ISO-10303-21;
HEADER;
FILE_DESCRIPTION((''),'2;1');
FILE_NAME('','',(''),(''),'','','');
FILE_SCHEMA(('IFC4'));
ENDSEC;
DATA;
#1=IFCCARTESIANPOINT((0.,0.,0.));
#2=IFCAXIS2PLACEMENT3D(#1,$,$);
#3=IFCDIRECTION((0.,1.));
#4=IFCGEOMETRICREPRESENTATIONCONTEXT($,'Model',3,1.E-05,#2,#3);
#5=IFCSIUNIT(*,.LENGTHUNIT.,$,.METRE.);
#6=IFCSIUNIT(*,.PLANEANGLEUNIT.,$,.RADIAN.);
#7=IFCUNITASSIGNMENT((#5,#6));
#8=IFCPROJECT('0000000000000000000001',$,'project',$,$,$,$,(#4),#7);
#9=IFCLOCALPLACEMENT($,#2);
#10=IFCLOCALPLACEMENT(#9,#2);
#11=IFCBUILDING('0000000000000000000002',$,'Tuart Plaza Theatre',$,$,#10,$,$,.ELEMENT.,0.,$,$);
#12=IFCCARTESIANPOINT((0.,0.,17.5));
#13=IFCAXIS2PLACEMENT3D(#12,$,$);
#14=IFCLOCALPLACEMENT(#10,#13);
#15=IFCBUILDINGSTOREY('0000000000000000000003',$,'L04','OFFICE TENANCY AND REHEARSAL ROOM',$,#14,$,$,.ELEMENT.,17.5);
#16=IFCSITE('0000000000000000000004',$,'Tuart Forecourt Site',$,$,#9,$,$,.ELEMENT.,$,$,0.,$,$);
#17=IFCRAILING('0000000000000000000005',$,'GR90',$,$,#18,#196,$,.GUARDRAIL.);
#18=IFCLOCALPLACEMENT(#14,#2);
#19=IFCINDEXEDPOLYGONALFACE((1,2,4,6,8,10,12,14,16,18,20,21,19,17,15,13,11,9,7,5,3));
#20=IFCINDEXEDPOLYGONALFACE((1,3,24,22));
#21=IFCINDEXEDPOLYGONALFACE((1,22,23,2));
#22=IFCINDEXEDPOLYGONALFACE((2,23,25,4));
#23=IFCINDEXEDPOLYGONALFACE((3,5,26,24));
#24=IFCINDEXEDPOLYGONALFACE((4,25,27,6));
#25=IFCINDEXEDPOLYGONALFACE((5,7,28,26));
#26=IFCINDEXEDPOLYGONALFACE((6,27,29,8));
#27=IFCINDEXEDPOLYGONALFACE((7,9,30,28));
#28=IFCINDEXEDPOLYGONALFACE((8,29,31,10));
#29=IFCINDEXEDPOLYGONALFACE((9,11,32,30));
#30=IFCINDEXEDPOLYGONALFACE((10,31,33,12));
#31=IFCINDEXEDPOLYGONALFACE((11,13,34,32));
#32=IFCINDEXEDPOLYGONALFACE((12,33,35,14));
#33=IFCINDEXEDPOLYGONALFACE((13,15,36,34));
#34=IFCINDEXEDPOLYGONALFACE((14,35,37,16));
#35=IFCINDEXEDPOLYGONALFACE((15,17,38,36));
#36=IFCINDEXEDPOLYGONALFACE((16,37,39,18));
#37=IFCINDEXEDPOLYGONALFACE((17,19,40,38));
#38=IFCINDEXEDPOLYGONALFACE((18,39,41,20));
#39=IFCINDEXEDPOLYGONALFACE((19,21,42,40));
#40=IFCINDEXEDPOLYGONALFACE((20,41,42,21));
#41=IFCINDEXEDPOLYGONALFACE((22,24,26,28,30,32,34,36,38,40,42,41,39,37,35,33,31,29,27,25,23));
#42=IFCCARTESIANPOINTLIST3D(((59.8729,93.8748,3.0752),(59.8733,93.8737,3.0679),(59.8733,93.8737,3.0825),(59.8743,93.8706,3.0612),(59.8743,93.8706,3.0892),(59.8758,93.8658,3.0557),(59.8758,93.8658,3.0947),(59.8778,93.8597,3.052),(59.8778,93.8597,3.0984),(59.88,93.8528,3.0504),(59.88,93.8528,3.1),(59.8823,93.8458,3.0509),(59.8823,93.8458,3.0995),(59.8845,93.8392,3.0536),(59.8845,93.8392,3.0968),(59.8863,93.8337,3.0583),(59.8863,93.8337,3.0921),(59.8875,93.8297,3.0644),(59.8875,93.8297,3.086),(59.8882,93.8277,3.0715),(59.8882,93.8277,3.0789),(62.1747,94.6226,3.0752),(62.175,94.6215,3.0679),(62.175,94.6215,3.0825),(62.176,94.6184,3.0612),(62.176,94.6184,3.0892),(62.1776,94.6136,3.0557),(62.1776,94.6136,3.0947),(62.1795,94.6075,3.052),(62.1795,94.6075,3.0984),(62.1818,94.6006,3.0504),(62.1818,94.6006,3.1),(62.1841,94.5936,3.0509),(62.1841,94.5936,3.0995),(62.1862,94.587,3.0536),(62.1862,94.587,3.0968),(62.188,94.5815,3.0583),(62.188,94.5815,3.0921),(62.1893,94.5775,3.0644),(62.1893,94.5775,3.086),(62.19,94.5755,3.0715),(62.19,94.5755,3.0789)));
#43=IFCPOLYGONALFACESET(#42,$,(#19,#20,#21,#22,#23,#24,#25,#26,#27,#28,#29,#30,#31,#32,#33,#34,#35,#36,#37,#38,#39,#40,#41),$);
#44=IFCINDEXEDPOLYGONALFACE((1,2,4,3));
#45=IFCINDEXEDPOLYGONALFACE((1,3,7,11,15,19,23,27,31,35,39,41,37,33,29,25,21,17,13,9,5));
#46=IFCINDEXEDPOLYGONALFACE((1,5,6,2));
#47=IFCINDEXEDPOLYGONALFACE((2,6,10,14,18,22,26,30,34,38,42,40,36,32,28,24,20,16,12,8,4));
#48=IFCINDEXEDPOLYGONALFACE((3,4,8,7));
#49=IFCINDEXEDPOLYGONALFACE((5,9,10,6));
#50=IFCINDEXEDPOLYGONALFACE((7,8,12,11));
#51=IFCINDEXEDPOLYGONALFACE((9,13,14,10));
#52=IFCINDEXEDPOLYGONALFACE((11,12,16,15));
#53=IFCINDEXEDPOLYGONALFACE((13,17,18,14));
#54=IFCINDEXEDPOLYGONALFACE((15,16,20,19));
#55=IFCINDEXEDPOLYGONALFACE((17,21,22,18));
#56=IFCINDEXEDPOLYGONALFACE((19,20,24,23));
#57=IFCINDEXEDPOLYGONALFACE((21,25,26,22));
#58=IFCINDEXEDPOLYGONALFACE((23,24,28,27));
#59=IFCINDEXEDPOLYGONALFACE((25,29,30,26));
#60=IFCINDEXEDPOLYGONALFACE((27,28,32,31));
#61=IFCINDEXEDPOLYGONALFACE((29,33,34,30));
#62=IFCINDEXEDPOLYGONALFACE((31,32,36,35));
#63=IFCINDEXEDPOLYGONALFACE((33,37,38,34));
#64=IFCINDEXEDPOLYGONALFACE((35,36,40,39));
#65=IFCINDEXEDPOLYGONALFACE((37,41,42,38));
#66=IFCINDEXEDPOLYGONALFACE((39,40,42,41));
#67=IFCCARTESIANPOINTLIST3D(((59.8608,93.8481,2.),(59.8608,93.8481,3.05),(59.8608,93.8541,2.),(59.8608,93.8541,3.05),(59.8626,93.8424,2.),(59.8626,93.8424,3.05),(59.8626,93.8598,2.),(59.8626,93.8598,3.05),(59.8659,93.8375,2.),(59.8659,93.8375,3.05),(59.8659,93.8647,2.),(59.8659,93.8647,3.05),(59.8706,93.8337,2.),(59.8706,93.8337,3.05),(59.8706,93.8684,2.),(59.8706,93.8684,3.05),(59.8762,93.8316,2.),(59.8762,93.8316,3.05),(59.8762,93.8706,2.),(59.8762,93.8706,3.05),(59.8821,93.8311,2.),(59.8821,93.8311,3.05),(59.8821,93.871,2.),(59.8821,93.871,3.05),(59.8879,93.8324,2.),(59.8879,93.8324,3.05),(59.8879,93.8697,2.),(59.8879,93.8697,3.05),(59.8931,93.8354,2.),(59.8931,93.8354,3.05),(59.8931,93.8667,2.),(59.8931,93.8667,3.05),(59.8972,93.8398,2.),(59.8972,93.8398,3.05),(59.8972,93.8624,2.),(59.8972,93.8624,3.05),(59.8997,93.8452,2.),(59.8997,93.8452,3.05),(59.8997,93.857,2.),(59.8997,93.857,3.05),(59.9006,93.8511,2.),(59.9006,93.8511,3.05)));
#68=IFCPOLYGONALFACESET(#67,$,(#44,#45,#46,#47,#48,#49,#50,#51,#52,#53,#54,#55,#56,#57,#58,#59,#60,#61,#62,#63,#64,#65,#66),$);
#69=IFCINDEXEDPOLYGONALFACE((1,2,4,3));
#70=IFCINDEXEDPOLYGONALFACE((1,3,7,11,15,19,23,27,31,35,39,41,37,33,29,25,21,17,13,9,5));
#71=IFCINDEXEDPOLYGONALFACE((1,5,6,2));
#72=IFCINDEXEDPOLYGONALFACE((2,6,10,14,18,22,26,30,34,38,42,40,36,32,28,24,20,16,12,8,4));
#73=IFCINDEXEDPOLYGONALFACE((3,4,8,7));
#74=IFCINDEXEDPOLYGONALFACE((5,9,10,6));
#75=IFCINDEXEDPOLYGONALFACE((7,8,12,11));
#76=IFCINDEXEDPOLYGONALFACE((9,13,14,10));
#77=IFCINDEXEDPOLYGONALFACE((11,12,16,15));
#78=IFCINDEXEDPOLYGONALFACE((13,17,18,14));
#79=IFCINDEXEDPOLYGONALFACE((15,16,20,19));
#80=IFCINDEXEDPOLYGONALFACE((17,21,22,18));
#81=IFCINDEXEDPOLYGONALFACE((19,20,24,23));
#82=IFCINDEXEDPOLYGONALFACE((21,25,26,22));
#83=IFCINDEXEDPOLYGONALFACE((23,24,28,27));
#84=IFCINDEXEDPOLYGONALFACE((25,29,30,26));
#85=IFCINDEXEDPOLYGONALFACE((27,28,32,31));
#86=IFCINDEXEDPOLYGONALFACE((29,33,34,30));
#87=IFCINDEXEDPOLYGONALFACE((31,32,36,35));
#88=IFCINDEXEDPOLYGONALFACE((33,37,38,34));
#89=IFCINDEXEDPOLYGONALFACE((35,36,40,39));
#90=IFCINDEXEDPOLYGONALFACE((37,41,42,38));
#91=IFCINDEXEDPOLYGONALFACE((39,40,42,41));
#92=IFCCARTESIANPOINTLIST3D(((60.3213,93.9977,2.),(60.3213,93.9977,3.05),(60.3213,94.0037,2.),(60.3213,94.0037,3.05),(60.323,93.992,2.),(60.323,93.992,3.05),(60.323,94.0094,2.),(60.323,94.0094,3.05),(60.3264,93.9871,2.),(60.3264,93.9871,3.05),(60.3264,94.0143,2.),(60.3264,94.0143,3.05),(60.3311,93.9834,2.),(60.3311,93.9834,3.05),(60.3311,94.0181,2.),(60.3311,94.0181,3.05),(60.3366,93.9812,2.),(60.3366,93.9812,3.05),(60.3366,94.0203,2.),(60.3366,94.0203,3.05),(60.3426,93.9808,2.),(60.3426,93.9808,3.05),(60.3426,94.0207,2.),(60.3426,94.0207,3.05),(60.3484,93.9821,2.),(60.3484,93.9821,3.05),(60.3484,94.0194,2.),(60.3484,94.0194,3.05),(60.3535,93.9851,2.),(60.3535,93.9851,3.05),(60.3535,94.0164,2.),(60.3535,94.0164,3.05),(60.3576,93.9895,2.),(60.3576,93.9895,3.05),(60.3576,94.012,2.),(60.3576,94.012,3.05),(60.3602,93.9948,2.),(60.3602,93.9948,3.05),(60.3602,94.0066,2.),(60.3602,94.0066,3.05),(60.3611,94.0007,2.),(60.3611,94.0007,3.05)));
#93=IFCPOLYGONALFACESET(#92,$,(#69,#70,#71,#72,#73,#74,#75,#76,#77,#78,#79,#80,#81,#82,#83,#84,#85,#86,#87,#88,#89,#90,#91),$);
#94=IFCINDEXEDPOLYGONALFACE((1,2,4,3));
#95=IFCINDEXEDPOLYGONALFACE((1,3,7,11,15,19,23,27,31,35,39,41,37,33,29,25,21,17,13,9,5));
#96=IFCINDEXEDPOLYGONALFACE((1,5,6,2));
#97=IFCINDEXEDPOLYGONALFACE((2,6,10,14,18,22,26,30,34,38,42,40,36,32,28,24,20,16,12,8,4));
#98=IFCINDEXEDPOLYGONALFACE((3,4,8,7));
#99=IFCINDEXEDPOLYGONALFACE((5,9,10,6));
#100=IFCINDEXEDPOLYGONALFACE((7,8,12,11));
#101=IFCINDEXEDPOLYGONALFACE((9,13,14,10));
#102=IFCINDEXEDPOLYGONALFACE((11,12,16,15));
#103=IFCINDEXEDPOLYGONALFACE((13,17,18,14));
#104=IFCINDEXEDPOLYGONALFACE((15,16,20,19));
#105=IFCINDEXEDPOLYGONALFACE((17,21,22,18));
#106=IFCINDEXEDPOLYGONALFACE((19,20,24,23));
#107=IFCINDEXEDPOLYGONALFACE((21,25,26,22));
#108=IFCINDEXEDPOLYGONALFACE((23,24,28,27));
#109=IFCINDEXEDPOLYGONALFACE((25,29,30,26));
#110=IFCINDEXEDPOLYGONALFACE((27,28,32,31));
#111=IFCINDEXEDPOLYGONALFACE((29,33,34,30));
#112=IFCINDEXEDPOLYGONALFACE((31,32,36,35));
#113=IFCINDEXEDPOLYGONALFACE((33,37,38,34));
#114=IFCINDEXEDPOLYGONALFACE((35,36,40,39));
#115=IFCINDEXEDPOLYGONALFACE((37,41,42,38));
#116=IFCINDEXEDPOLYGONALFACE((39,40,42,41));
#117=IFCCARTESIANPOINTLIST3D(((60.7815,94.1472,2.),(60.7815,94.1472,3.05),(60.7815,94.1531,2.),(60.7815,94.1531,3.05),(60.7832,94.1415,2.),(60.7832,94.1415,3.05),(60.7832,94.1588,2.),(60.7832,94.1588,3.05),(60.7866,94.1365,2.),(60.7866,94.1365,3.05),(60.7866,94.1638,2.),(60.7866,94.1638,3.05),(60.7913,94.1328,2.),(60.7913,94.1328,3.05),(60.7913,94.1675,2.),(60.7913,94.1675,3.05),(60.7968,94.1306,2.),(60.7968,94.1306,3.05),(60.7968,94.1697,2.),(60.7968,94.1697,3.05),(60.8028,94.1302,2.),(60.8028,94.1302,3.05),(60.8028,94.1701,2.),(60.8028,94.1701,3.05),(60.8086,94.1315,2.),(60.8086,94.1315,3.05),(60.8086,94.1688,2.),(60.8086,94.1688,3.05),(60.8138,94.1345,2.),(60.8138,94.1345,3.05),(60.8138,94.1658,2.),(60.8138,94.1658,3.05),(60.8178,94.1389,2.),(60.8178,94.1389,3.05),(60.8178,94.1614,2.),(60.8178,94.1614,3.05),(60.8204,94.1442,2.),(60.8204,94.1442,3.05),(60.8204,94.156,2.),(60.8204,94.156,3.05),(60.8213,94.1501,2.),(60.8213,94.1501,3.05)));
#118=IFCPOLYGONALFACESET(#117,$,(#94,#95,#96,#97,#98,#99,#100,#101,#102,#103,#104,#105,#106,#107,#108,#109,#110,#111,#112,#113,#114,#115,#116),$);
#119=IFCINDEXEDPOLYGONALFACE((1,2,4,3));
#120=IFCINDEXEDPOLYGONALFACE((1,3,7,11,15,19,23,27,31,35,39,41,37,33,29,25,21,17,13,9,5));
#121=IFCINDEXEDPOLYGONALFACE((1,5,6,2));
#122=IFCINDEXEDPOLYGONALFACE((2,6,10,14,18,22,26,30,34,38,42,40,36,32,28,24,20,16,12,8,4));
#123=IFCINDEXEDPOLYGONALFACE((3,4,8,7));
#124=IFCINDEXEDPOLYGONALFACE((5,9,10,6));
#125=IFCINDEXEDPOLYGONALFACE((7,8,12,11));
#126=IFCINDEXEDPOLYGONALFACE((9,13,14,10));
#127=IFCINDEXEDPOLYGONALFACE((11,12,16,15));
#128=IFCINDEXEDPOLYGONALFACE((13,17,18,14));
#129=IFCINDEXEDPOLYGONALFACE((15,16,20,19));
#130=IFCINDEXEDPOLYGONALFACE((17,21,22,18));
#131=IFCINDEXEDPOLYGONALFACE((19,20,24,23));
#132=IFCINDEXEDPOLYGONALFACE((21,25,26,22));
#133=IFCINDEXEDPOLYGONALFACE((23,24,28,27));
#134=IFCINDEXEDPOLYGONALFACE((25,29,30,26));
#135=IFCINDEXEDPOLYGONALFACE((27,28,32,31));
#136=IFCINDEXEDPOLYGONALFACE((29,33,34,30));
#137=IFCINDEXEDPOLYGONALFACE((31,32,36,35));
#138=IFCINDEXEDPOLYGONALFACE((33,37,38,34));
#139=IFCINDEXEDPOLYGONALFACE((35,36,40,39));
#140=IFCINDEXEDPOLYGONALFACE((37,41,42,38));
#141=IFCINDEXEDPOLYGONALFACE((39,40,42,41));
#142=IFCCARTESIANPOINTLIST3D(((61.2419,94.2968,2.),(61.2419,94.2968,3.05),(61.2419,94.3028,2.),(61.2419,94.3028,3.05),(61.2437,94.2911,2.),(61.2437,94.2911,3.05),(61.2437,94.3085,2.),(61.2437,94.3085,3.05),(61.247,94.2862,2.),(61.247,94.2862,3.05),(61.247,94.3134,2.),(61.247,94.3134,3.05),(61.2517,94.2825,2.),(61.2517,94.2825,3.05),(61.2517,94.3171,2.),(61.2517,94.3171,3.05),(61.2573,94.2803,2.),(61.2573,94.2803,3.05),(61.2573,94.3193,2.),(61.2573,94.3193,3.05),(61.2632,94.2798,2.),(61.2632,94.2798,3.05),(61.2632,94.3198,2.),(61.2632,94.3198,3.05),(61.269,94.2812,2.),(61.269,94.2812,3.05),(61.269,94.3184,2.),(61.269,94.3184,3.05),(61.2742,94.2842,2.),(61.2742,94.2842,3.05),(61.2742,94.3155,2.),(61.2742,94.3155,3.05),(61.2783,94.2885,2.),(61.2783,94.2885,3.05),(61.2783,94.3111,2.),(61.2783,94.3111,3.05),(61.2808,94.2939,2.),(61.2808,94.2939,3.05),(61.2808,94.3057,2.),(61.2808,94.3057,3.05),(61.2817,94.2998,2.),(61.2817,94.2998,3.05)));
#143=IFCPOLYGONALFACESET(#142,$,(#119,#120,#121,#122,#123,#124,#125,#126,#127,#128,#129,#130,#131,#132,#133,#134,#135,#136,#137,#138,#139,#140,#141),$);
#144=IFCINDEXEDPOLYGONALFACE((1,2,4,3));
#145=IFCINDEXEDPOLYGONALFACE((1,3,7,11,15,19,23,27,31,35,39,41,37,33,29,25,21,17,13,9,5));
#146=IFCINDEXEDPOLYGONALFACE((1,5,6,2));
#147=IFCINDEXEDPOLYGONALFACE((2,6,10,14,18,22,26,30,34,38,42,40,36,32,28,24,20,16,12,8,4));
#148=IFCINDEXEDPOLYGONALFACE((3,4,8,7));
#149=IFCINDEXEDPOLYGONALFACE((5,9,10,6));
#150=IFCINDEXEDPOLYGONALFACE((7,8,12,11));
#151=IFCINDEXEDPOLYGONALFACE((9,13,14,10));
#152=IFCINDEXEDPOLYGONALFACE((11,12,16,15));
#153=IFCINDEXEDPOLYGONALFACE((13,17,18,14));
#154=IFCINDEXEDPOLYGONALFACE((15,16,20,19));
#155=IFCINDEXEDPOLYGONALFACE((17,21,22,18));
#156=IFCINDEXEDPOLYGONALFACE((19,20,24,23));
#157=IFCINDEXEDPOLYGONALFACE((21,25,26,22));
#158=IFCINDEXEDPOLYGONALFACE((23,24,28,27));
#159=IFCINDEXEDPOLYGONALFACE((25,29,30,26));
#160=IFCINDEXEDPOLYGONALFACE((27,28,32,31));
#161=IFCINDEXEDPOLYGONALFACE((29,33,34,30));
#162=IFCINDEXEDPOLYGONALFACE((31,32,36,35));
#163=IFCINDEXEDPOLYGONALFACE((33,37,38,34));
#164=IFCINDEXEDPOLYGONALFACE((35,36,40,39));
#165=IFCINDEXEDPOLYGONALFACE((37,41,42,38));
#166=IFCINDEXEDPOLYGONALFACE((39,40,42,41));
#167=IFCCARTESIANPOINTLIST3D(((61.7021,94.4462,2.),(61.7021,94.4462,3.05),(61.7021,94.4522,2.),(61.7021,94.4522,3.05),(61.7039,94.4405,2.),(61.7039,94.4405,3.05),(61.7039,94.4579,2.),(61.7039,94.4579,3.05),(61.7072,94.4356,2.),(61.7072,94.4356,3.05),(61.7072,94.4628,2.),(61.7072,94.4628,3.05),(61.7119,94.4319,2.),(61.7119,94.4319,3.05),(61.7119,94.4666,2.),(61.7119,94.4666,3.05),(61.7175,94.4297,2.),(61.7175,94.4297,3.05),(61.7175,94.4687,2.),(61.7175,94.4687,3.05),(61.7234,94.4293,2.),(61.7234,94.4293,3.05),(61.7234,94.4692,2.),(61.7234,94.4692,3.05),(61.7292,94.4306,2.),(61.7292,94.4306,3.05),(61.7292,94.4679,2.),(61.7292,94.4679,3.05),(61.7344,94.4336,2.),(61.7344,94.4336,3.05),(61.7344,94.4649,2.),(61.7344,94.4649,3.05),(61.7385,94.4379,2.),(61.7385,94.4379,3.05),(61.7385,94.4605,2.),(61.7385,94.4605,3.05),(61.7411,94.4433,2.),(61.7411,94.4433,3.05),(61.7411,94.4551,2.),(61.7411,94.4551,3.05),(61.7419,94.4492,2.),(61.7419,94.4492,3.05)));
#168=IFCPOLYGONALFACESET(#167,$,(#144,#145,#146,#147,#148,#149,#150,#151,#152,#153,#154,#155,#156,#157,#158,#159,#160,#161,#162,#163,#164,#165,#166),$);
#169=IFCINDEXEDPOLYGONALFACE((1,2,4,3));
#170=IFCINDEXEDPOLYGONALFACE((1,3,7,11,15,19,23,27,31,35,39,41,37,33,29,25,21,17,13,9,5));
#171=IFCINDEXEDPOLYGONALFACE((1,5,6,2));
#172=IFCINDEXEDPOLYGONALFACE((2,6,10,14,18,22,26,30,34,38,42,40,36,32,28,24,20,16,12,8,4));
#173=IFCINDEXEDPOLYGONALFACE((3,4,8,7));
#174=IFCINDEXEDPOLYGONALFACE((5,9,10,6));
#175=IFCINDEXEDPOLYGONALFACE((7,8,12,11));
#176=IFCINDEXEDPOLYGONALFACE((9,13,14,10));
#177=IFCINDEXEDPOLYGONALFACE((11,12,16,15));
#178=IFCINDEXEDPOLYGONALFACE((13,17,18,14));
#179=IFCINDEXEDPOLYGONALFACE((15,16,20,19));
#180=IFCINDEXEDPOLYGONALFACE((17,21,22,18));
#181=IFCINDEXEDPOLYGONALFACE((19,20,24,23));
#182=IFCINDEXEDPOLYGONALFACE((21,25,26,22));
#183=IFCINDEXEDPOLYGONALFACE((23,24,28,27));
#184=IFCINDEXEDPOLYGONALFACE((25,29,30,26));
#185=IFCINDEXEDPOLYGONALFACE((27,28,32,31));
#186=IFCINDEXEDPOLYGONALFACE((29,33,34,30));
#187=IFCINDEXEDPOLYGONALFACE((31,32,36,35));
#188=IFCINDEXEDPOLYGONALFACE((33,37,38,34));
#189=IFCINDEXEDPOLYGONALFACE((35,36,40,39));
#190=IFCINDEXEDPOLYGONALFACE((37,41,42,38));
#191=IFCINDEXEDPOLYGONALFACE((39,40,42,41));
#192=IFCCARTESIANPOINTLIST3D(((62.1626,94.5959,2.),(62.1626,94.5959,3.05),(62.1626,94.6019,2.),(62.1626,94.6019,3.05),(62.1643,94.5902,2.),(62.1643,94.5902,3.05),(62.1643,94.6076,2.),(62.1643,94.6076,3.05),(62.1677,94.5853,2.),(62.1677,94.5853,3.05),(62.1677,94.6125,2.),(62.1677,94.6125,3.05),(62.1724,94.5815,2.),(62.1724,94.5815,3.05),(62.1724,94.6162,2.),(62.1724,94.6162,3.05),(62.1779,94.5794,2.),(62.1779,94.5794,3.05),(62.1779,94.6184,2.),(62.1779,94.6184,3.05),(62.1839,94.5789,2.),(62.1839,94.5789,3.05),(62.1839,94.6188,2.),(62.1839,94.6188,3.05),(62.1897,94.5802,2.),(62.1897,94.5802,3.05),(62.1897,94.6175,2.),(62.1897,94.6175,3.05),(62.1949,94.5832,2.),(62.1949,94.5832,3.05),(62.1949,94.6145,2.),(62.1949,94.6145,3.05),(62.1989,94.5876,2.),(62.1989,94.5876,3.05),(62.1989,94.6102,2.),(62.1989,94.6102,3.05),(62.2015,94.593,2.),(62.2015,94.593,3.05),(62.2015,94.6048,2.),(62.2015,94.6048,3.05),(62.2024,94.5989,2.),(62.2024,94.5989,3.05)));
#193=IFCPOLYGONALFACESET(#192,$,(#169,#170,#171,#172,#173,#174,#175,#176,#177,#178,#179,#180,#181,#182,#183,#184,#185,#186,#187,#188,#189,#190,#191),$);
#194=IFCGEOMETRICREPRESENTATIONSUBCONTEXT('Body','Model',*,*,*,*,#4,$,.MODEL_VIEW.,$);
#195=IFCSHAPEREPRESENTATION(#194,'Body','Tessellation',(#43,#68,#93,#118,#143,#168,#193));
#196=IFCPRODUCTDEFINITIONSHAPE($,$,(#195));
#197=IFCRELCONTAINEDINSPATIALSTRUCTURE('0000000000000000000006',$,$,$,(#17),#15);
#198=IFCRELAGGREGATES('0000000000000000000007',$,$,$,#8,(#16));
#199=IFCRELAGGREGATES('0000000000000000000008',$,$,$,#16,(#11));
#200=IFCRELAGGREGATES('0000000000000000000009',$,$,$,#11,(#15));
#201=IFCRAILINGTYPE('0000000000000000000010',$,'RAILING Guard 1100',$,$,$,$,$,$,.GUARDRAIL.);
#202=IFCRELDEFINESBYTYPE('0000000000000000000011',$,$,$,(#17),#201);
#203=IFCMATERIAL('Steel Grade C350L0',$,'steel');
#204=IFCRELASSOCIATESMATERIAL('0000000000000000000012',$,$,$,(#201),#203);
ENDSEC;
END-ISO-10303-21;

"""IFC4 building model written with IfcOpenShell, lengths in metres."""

from ifc_helpers import new_model, si_unit, direction, frame, origin, origin_2d, place, context, subcontext, project, spatial, circle, extrude, material, type_object, element, save


model = new_model("IFC4")

# Units and contexts
model_context = context("Model", 3, precision=1e-05, world=origin(), true_north=direction((0.0, 1.0)))
body_context = subcontext(model_context, "Body", "Model", "MODEL_VIEW")
ifc_project = project(units=[si_unit("LENGTHUNIT", "METRE"), si_unit("PLANEANGLEUNIT", "RADIAN")], contexts=[model_context])

# Site, building, storey
site_placement = place(None, origin())
site = spatial("IfcSite", under=ifc_project, at=site_placement, Name="Tuart Forecourt Site", CompositionType="ELEMENT", RefElevation=0.0)
building_placement = place(site_placement, origin())
building = spatial("IfcBuilding", under=site, at=building_placement, Name="Tuart Plaza Theatre", CompositionType="ELEMENT", ElevationOfRefHeight=0.0)
storey_placement = place(building_placement, frame((0.0, 0.0, 17.5)))
storey = spatial("IfcBuildingStorey", under=building, at=storey_placement, Name="L04", Description="OFFICE TENANCY AND REHEARSAL ROOM", CompositionType="ELEMENT", Elevation=17.5)

# Railing
ifc_material_1 = material(Name="Steel Grade C350L0", Category="steel")
railing_type_1 = type_object("IfcRailingType", Name="RAILING Guard 1100", PredefinedType="GUARDRAIL", material=ifc_material_1)
railing_1_placement = place(storey_placement, frame((59.8806, 93.8511, 2.0)))
element("IfcRailing", 1, at=railing_1_placement, inside=storey, type_object=railing_type_1, Name="GR90", PredefinedType="GUARDRAIL", context=body_context, shape_type="SweptSolid", body=[
    extrude(circle(Radius=0.0249, at=origin_2d()), frame((0.0, 0.0, 1.0752), z_axis=(0.951067, 0.308986, 0.0), x_axis=(-0.308986, 0.951067, 0.0)), (0.0, 0.0, 1.0), 2.4202),
    extrude(circle(Radius=0.02, at=origin_2d()), origin(), (0.0, 0.0, 1.0), 1.05),
    extrude(circle(Radius=0.02, at=origin_2d()), frame((0.4604, 0.1497, 0.0)), (0.0, 0.0, 1.0), 1.05),
    extrude(circle(Radius=0.02, at=origin_2d()), frame((0.9207, 0.2991, 0.0)), (0.0, 0.0, 1.0), 1.05),
    extrude(circle(Radius=0.02, at=origin_2d()), frame((1.3811, 0.4487, 0.0)), (0.0, 0.0, 1.0), 1.05),
    extrude(circle(Radius=0.02, at=origin_2d()), frame((1.8413, 0.5981, 0.0)), (0.0, 0.0, 1.0), 1.05),
    extrude(circle(Radius=0.02, at=origin_2d()), frame((2.3018, 0.7478, 0.0)), (0.0, 0.0, 1.0), 1.05),
])

save(model, "model.ifc")
